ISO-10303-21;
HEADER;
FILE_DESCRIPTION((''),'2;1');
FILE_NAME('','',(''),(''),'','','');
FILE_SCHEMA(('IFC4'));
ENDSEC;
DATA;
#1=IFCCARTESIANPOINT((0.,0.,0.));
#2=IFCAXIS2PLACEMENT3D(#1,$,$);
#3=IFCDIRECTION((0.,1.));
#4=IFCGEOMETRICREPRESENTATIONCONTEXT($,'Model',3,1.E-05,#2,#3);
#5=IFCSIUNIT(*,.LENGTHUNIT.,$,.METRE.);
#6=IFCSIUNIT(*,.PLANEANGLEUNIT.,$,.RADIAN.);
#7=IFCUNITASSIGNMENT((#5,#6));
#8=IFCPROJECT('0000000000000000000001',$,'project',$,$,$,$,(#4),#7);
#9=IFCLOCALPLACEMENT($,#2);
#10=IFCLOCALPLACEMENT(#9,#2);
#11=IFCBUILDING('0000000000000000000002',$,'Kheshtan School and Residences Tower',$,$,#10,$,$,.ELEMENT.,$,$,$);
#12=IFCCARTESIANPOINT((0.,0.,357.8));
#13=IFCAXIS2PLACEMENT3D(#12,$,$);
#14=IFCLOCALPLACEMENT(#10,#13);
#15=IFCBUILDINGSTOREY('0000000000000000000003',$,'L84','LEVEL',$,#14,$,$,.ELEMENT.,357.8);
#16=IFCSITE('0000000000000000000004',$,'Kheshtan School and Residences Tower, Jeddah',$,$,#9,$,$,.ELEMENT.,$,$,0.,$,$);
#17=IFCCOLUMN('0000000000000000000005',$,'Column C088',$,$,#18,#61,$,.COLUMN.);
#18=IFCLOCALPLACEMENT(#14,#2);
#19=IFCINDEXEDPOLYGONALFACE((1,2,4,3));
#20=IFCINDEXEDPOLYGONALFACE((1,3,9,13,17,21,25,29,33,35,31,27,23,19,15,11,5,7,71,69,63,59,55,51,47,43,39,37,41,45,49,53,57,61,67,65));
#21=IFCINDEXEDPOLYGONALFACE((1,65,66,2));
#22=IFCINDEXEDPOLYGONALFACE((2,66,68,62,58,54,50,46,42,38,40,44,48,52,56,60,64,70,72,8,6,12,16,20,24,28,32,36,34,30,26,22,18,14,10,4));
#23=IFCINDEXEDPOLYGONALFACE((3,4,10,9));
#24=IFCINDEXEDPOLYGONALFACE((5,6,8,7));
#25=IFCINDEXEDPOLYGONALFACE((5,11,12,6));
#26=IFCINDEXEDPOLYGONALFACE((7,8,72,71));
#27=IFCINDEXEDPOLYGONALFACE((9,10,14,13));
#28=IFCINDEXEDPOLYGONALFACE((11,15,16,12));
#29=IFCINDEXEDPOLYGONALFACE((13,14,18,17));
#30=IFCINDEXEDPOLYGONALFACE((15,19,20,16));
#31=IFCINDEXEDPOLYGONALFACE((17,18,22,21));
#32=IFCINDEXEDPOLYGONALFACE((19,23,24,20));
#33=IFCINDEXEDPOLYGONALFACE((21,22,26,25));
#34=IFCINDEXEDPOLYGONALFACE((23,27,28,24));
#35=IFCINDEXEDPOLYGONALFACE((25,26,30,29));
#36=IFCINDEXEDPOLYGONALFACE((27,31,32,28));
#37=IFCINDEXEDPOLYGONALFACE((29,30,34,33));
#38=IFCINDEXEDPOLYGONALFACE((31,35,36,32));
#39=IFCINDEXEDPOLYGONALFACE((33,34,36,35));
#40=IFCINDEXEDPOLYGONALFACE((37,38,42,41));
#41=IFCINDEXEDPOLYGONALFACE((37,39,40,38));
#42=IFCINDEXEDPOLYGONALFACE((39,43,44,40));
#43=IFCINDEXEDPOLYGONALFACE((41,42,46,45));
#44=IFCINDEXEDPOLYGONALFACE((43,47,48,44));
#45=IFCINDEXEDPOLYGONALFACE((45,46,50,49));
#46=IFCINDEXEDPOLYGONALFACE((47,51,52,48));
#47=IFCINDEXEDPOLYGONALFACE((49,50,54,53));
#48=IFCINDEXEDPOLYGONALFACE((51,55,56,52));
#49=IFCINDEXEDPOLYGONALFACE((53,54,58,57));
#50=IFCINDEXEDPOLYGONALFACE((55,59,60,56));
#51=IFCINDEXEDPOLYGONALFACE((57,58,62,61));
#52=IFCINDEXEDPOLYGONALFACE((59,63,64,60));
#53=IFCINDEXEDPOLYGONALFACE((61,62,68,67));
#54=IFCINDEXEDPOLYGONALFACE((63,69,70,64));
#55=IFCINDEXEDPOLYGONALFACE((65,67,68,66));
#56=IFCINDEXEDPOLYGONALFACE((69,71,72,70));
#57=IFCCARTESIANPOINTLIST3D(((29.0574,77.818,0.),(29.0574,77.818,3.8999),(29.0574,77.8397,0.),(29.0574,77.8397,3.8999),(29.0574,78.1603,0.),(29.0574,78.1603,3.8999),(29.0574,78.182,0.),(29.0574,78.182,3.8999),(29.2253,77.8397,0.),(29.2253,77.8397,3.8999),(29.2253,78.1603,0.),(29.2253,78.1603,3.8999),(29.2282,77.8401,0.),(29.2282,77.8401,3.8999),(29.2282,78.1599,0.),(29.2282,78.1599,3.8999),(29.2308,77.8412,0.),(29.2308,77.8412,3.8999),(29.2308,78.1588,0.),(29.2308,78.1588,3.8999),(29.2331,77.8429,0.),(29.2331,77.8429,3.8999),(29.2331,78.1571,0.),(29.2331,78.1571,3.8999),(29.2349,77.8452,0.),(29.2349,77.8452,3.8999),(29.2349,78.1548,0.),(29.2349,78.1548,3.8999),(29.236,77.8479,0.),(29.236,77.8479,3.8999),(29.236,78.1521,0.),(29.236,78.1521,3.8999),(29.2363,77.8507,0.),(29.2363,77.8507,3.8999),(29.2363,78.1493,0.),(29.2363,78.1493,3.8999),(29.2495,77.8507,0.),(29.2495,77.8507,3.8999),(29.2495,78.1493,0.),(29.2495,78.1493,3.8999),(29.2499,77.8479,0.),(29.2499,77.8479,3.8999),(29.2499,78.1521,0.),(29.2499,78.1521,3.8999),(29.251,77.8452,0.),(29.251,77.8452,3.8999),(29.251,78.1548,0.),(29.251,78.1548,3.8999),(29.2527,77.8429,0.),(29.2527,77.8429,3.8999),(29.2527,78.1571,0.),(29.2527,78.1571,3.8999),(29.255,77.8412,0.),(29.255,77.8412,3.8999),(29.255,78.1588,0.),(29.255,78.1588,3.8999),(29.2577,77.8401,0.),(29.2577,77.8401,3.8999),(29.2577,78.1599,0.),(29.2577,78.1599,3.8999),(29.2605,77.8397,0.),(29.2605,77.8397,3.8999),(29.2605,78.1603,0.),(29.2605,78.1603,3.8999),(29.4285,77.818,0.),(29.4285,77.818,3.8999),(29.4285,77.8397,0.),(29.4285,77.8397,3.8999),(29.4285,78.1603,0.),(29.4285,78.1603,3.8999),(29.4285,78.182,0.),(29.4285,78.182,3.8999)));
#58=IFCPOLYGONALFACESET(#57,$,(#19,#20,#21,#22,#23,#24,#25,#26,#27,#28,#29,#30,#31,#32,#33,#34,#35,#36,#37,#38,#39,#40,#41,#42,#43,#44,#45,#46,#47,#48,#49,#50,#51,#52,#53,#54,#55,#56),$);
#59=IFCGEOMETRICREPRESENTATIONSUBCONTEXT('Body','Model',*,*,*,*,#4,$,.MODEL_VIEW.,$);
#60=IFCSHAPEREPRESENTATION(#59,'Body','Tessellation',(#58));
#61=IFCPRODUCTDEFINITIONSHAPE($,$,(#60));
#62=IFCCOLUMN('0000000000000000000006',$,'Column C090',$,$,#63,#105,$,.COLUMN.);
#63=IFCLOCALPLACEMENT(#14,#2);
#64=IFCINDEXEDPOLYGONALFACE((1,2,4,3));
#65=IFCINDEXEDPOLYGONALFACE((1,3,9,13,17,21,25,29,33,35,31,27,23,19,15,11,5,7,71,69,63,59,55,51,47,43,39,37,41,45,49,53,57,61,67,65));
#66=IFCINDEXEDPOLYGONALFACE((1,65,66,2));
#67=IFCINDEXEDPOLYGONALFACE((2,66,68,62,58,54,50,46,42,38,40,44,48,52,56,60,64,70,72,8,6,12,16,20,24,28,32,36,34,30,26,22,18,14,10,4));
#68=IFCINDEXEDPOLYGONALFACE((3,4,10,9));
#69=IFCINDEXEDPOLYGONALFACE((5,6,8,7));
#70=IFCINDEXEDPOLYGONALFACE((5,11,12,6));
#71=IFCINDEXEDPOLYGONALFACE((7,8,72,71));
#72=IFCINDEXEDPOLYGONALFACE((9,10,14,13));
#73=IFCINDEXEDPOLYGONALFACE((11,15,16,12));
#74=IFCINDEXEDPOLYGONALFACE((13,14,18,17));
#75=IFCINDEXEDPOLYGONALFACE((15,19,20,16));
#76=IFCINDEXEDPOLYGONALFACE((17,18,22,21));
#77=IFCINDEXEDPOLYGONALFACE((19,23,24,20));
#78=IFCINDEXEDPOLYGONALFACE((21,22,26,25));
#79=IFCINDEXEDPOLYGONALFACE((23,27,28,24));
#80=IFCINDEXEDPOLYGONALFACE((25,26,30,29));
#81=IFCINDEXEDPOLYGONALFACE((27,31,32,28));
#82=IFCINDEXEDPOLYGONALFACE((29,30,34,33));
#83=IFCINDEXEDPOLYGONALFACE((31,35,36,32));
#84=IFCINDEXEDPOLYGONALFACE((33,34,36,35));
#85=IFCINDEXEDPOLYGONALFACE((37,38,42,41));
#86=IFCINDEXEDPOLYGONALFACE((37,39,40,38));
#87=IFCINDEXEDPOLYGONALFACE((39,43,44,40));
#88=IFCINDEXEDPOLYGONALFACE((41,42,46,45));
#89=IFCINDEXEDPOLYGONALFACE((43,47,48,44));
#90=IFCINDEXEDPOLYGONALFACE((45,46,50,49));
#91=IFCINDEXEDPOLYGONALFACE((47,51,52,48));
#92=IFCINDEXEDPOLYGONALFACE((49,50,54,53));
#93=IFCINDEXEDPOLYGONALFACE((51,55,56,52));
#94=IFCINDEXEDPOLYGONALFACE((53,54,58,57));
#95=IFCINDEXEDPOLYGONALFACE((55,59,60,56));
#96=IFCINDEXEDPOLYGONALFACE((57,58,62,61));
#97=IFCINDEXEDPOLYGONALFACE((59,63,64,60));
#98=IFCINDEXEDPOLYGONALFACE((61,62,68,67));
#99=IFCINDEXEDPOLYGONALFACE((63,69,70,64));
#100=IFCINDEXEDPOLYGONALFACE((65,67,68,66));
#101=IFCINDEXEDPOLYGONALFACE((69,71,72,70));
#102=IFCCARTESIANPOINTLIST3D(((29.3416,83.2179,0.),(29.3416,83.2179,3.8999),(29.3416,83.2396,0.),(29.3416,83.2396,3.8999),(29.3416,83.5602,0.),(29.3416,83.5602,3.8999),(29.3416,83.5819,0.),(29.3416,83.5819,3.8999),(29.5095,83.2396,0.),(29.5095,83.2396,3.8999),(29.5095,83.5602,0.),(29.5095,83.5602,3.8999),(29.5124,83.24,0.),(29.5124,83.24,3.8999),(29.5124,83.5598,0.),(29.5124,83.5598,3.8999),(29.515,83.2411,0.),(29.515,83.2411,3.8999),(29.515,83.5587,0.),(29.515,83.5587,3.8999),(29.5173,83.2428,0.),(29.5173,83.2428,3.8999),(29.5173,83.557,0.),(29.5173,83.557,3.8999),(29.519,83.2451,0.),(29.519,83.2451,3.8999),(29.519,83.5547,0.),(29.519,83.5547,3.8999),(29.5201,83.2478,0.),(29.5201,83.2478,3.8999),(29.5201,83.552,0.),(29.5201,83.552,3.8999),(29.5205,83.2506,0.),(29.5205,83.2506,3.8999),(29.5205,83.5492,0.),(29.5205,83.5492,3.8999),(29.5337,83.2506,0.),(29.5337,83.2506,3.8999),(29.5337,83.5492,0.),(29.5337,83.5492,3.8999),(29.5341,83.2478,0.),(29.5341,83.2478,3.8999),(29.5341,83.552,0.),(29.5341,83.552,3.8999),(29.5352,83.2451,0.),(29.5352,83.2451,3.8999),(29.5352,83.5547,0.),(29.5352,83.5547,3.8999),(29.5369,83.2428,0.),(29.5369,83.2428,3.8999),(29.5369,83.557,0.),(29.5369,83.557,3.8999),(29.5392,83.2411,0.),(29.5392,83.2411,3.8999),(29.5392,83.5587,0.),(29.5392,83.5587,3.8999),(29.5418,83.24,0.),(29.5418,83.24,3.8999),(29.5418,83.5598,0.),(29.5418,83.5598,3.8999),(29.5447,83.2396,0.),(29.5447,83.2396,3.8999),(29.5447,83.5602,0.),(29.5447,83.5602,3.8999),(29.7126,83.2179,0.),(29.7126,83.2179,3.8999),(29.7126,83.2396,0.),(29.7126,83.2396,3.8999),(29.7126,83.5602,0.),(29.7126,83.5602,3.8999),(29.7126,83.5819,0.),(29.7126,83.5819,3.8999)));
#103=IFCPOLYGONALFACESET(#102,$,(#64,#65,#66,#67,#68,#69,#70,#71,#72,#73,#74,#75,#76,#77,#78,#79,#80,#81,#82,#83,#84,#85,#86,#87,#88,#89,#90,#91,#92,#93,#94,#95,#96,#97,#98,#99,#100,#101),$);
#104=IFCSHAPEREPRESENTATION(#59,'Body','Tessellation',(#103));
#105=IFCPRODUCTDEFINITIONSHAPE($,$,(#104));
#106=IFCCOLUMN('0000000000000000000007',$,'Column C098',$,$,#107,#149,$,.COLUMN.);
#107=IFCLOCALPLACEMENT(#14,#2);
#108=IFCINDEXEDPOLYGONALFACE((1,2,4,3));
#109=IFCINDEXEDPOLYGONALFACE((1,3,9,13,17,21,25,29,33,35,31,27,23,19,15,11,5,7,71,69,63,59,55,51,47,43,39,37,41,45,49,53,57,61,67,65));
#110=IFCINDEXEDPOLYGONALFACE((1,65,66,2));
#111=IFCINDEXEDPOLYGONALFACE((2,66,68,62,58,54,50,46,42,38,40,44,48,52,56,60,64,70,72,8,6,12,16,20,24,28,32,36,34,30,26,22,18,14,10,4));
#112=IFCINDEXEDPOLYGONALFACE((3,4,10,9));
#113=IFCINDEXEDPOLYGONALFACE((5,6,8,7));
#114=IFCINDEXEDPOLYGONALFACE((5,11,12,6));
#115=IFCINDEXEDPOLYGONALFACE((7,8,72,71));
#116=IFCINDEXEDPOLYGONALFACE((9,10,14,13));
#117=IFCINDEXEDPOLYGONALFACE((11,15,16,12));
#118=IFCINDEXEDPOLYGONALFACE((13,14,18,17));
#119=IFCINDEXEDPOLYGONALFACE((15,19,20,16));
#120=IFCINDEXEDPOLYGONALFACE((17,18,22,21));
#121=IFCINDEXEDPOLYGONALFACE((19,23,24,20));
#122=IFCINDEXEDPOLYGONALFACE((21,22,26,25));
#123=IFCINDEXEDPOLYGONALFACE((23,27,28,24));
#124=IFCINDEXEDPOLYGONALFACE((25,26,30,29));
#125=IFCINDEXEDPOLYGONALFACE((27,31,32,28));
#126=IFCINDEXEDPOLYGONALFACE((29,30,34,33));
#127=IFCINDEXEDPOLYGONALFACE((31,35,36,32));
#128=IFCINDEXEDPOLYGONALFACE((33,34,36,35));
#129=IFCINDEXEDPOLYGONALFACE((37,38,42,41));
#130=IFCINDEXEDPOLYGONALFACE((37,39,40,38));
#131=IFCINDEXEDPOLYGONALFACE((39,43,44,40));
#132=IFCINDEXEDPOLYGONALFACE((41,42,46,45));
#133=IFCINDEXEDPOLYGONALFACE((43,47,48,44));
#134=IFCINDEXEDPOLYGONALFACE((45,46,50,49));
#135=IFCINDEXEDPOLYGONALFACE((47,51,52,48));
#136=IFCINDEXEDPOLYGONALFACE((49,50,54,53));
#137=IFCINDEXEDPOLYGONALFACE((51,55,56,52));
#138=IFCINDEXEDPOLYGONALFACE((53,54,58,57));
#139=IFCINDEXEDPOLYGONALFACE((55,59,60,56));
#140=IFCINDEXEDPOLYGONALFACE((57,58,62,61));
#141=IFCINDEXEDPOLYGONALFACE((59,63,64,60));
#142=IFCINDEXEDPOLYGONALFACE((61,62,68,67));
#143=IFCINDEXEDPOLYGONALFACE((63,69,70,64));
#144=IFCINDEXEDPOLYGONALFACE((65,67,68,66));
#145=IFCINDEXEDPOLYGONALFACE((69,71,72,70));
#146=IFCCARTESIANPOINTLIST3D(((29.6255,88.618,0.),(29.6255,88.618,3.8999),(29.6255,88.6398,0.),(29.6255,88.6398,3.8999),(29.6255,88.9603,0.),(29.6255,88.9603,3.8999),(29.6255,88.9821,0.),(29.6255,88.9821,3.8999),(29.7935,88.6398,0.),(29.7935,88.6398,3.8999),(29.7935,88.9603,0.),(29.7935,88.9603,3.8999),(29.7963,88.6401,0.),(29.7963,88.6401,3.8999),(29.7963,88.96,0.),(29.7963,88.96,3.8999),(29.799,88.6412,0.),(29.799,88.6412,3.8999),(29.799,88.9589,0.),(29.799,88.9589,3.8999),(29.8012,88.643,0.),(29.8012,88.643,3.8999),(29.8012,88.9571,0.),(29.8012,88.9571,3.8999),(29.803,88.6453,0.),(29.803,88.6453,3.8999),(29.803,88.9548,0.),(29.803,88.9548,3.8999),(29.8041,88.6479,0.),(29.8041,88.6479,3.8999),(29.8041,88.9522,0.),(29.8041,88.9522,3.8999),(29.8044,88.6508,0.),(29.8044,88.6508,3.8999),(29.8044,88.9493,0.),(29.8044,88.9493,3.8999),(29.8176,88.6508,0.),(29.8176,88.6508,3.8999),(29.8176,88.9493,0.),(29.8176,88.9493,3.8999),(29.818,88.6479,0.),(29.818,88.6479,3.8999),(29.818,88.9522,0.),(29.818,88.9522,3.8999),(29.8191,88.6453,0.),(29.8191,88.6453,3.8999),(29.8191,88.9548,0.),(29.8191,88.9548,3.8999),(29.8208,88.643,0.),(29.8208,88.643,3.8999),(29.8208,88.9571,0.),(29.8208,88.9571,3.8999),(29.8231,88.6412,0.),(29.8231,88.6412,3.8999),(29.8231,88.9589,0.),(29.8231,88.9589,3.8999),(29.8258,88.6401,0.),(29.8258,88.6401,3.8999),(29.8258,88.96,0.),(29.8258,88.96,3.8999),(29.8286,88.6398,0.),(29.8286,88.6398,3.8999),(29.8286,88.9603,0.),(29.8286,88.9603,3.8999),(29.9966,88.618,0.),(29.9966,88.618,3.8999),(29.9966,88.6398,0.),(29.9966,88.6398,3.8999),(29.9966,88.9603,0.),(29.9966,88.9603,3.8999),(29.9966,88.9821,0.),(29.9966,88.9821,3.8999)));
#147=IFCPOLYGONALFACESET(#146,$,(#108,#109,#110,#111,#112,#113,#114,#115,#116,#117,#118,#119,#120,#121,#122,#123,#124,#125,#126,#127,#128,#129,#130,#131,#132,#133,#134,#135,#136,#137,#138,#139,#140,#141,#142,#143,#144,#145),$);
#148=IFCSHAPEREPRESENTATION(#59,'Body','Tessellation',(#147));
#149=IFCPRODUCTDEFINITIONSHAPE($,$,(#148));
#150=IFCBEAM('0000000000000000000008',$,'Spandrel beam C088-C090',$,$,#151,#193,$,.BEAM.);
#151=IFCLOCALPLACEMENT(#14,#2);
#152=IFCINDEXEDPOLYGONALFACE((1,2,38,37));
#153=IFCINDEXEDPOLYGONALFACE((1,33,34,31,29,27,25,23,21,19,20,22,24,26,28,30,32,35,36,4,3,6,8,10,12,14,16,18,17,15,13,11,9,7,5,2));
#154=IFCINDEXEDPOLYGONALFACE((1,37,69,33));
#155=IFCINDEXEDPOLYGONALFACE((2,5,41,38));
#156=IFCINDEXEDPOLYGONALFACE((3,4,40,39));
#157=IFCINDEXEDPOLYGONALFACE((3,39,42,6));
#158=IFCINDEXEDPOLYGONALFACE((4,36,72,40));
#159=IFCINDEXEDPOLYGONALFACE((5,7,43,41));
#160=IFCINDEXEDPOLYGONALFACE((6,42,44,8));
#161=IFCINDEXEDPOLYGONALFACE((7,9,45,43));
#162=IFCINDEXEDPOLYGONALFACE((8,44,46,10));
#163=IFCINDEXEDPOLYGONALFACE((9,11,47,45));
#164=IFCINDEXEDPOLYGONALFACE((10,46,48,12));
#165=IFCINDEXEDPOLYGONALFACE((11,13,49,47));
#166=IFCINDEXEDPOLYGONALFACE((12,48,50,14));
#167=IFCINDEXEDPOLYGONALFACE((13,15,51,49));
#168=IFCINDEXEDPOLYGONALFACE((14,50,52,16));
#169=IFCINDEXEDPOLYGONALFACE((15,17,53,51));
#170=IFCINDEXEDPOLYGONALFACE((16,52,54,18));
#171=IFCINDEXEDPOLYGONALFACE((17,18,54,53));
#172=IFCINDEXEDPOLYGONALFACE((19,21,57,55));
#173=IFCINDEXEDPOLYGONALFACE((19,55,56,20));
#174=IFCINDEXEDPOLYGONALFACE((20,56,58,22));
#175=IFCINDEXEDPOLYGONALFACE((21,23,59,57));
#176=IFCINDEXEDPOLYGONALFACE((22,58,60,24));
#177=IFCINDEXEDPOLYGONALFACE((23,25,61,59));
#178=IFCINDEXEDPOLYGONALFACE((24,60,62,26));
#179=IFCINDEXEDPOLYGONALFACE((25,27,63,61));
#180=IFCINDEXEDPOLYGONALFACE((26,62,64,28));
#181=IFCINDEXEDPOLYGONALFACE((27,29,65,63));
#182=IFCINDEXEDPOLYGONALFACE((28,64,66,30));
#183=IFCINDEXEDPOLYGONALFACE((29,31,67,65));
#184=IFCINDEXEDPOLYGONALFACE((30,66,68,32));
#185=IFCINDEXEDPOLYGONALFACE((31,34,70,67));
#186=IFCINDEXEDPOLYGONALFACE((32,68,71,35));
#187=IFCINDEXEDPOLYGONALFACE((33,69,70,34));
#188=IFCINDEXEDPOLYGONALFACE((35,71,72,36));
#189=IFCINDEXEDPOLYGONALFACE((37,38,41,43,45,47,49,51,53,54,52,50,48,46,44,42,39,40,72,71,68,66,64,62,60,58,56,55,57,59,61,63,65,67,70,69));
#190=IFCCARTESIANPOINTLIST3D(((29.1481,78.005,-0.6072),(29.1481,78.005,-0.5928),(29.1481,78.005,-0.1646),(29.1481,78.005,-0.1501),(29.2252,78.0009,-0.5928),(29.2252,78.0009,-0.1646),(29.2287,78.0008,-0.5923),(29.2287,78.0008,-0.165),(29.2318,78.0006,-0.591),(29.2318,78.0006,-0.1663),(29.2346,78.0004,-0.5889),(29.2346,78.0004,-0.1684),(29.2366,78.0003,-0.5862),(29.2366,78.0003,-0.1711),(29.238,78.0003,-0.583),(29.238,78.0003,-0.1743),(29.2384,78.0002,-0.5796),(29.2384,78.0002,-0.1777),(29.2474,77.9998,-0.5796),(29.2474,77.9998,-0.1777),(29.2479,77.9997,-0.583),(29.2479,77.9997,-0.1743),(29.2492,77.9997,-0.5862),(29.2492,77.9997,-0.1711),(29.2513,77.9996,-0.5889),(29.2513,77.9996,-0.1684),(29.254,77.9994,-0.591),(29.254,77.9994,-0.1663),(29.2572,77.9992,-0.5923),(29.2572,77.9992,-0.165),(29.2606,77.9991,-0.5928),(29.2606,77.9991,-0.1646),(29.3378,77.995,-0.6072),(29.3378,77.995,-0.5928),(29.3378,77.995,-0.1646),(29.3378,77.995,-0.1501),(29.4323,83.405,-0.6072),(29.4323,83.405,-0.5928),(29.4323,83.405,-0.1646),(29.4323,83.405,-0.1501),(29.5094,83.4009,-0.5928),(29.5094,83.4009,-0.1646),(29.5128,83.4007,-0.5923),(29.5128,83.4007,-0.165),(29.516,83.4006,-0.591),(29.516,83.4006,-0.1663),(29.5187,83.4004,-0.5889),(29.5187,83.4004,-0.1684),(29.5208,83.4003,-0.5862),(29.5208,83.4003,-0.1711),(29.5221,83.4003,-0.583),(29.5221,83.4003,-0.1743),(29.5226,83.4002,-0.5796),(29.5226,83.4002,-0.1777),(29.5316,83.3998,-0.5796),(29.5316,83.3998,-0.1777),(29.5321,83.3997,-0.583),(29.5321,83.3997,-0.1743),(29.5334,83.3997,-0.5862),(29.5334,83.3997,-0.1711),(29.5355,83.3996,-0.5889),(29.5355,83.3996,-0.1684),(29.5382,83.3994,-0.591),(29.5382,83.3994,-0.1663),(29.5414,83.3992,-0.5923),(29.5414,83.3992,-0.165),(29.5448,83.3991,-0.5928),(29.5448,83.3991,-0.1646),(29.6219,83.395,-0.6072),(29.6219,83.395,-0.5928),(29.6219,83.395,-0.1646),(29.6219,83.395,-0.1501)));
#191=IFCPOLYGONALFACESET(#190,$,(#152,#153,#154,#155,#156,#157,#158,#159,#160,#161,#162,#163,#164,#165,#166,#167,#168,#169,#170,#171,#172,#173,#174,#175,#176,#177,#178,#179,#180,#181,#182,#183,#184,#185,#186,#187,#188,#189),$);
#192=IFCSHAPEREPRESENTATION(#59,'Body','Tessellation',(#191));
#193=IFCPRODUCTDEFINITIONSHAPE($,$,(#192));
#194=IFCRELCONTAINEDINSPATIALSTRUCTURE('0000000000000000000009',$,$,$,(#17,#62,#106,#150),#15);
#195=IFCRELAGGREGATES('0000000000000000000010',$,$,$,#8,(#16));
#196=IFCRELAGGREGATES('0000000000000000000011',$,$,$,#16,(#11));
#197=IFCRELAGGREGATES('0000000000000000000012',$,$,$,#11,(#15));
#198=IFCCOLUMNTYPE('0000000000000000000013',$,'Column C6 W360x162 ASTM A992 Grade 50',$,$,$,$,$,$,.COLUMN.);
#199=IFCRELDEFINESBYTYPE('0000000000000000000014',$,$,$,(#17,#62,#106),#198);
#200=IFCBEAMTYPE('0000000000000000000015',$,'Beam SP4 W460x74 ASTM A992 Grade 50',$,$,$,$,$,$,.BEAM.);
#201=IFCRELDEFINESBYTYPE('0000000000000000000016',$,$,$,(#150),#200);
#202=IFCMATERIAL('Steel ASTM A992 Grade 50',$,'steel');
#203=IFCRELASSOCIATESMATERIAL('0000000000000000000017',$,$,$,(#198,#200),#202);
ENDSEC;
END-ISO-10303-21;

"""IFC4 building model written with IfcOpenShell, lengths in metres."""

from ifc_helpers import new_model, si_unit, direction, frame, origin, origin_2d, place, context, subcontext, project, spatial, i_section, extrude, material, material_profile, profile_set, type_object, element, save


model = new_model("IFC4")

# Units and contexts
model_context = context("Model", 3, precision=1e-05, world=origin(), true_north=direction((0.0, 1.0)))
body_context = subcontext(model_context, "Body", "Model", "MODEL_VIEW")
ifc_project = project(units=[si_unit("LENGTHUNIT", "METRE"), si_unit("PLANEANGLEUNIT", "RADIAN")], contexts=[model_context])

# Site, building, storey
site_placement = place(None, origin())
site = spatial("IfcSite", under=ifc_project, at=site_placement, Name="Kheshtan School and Residences Tower, Jeddah", CompositionType="ELEMENT", RefElevation=0.0)
building_placement = place(site_placement, origin())
building = spatial("IfcBuilding", under=site, at=building_placement, Name="Kheshtan School and Residences Tower", CompositionType="ELEMENT")
storey_placement = place(building_placement, frame((0.0, 0.0, 357.8)))
storey = spatial("IfcBuildingStorey", under=building, at=storey_placement, Name="L84", Description="LEVEL", CompositionType="ELEMENT", Elevation=357.8)

# Columns
ifc_material_1 = material(Name="Steel ASTM A992 Grade 50", Category="steel")
ifc_material_profile_1 = material_profile(ifc_material_1, i_section(OverallWidth=0.3711, OverallDepth=0.364, WebThickness=0.0132, FlangeThickness=0.0217, FilletRadius=0.011, at=origin_2d()), Name="W360x162")
ifc_profile_set_1 = profile_set([ifc_material_profile_1], Name="Steel ASTM A992 Grade 50")
column_type = type_object("IfcColumnType", Name="Column C6 W360x162 ASTM A992 Grade 50", PredefinedType="COLUMN", material=ifc_profile_set_1)
for number, where, z_axis, x_axis, name in (
    (1, (29.2429, 78.0, 0.0), (0.0, 0.0, 1.0), (1.0, 0.0, 0.0), "Column C088"),
    (2, (29.5271, 83.3999, 0.0), (0.0, 0.0, 1.0), (1.0, 0.0, 0.0), "Column C090"),
    (3, (29.811, 88.8, 0.0), (0.0, 0.0, 1.0), (1.0, 0.0, 0.0), "Column C098"),
):
    element("IfcColumn", number, at=place(storey_placement, frame(where, z_axis=z_axis, x_axis=x_axis)), inside=storey, type_object=column_type, Name=name, PredefinedType="COLUMN", context=body_context, shape_type="SweptSolid", body=[
        extrude(i_section(OverallWidth=0.3711, OverallDepth=0.364, WebThickness=0.0132, FlangeThickness=0.0217, FilletRadius=0.011, at=origin_2d()), origin(), (0.0, 0.0, 1.0), 3.8999),
    ])

# Beam
ifc_material_profile_2 = material_profile(ifc_material_1, i_section(OverallWidth=0.1899, OverallDepth=0.457, WebThickness=0.009, FlangeThickness=0.0144, FilletRadius=0.0132, at=origin_2d()), Name="W460x74")
ifc_profile_set_2 = profile_set([ifc_material_profile_2], Name="Steel ASTM A992 Grade 50")
beam_type_1 = type_object("IfcBeamType", Name="Beam SP4 W460x74 ASTM A992 Grade 50", PredefinedType="BEAM", material=ifc_profile_set_2)
beam_1_placement = place(storey_placement, frame((29.2429, 78.0, -0.3787), z_axis=(0.052554, 0.998618, 0.0), x_axis=(-0.998618, 0.052554, 0.0)))
element("IfcBeam", 4, at=beam_1_placement, inside=storey, type_object=beam_type_1, Name="Spandrel beam C088-C090", PredefinedType="BEAM", context=body_context, shape_type="SweptSolid", body=[
    extrude(i_section(OverallWidth=0.1899, OverallDepth=0.457, WebThickness=0.009, FlangeThickness=0.0144, FilletRadius=0.0132, at=origin_2d()), origin(), (0.0, 0.0, 1.0), 5.4075),
])

save(model, "model.ifc")
